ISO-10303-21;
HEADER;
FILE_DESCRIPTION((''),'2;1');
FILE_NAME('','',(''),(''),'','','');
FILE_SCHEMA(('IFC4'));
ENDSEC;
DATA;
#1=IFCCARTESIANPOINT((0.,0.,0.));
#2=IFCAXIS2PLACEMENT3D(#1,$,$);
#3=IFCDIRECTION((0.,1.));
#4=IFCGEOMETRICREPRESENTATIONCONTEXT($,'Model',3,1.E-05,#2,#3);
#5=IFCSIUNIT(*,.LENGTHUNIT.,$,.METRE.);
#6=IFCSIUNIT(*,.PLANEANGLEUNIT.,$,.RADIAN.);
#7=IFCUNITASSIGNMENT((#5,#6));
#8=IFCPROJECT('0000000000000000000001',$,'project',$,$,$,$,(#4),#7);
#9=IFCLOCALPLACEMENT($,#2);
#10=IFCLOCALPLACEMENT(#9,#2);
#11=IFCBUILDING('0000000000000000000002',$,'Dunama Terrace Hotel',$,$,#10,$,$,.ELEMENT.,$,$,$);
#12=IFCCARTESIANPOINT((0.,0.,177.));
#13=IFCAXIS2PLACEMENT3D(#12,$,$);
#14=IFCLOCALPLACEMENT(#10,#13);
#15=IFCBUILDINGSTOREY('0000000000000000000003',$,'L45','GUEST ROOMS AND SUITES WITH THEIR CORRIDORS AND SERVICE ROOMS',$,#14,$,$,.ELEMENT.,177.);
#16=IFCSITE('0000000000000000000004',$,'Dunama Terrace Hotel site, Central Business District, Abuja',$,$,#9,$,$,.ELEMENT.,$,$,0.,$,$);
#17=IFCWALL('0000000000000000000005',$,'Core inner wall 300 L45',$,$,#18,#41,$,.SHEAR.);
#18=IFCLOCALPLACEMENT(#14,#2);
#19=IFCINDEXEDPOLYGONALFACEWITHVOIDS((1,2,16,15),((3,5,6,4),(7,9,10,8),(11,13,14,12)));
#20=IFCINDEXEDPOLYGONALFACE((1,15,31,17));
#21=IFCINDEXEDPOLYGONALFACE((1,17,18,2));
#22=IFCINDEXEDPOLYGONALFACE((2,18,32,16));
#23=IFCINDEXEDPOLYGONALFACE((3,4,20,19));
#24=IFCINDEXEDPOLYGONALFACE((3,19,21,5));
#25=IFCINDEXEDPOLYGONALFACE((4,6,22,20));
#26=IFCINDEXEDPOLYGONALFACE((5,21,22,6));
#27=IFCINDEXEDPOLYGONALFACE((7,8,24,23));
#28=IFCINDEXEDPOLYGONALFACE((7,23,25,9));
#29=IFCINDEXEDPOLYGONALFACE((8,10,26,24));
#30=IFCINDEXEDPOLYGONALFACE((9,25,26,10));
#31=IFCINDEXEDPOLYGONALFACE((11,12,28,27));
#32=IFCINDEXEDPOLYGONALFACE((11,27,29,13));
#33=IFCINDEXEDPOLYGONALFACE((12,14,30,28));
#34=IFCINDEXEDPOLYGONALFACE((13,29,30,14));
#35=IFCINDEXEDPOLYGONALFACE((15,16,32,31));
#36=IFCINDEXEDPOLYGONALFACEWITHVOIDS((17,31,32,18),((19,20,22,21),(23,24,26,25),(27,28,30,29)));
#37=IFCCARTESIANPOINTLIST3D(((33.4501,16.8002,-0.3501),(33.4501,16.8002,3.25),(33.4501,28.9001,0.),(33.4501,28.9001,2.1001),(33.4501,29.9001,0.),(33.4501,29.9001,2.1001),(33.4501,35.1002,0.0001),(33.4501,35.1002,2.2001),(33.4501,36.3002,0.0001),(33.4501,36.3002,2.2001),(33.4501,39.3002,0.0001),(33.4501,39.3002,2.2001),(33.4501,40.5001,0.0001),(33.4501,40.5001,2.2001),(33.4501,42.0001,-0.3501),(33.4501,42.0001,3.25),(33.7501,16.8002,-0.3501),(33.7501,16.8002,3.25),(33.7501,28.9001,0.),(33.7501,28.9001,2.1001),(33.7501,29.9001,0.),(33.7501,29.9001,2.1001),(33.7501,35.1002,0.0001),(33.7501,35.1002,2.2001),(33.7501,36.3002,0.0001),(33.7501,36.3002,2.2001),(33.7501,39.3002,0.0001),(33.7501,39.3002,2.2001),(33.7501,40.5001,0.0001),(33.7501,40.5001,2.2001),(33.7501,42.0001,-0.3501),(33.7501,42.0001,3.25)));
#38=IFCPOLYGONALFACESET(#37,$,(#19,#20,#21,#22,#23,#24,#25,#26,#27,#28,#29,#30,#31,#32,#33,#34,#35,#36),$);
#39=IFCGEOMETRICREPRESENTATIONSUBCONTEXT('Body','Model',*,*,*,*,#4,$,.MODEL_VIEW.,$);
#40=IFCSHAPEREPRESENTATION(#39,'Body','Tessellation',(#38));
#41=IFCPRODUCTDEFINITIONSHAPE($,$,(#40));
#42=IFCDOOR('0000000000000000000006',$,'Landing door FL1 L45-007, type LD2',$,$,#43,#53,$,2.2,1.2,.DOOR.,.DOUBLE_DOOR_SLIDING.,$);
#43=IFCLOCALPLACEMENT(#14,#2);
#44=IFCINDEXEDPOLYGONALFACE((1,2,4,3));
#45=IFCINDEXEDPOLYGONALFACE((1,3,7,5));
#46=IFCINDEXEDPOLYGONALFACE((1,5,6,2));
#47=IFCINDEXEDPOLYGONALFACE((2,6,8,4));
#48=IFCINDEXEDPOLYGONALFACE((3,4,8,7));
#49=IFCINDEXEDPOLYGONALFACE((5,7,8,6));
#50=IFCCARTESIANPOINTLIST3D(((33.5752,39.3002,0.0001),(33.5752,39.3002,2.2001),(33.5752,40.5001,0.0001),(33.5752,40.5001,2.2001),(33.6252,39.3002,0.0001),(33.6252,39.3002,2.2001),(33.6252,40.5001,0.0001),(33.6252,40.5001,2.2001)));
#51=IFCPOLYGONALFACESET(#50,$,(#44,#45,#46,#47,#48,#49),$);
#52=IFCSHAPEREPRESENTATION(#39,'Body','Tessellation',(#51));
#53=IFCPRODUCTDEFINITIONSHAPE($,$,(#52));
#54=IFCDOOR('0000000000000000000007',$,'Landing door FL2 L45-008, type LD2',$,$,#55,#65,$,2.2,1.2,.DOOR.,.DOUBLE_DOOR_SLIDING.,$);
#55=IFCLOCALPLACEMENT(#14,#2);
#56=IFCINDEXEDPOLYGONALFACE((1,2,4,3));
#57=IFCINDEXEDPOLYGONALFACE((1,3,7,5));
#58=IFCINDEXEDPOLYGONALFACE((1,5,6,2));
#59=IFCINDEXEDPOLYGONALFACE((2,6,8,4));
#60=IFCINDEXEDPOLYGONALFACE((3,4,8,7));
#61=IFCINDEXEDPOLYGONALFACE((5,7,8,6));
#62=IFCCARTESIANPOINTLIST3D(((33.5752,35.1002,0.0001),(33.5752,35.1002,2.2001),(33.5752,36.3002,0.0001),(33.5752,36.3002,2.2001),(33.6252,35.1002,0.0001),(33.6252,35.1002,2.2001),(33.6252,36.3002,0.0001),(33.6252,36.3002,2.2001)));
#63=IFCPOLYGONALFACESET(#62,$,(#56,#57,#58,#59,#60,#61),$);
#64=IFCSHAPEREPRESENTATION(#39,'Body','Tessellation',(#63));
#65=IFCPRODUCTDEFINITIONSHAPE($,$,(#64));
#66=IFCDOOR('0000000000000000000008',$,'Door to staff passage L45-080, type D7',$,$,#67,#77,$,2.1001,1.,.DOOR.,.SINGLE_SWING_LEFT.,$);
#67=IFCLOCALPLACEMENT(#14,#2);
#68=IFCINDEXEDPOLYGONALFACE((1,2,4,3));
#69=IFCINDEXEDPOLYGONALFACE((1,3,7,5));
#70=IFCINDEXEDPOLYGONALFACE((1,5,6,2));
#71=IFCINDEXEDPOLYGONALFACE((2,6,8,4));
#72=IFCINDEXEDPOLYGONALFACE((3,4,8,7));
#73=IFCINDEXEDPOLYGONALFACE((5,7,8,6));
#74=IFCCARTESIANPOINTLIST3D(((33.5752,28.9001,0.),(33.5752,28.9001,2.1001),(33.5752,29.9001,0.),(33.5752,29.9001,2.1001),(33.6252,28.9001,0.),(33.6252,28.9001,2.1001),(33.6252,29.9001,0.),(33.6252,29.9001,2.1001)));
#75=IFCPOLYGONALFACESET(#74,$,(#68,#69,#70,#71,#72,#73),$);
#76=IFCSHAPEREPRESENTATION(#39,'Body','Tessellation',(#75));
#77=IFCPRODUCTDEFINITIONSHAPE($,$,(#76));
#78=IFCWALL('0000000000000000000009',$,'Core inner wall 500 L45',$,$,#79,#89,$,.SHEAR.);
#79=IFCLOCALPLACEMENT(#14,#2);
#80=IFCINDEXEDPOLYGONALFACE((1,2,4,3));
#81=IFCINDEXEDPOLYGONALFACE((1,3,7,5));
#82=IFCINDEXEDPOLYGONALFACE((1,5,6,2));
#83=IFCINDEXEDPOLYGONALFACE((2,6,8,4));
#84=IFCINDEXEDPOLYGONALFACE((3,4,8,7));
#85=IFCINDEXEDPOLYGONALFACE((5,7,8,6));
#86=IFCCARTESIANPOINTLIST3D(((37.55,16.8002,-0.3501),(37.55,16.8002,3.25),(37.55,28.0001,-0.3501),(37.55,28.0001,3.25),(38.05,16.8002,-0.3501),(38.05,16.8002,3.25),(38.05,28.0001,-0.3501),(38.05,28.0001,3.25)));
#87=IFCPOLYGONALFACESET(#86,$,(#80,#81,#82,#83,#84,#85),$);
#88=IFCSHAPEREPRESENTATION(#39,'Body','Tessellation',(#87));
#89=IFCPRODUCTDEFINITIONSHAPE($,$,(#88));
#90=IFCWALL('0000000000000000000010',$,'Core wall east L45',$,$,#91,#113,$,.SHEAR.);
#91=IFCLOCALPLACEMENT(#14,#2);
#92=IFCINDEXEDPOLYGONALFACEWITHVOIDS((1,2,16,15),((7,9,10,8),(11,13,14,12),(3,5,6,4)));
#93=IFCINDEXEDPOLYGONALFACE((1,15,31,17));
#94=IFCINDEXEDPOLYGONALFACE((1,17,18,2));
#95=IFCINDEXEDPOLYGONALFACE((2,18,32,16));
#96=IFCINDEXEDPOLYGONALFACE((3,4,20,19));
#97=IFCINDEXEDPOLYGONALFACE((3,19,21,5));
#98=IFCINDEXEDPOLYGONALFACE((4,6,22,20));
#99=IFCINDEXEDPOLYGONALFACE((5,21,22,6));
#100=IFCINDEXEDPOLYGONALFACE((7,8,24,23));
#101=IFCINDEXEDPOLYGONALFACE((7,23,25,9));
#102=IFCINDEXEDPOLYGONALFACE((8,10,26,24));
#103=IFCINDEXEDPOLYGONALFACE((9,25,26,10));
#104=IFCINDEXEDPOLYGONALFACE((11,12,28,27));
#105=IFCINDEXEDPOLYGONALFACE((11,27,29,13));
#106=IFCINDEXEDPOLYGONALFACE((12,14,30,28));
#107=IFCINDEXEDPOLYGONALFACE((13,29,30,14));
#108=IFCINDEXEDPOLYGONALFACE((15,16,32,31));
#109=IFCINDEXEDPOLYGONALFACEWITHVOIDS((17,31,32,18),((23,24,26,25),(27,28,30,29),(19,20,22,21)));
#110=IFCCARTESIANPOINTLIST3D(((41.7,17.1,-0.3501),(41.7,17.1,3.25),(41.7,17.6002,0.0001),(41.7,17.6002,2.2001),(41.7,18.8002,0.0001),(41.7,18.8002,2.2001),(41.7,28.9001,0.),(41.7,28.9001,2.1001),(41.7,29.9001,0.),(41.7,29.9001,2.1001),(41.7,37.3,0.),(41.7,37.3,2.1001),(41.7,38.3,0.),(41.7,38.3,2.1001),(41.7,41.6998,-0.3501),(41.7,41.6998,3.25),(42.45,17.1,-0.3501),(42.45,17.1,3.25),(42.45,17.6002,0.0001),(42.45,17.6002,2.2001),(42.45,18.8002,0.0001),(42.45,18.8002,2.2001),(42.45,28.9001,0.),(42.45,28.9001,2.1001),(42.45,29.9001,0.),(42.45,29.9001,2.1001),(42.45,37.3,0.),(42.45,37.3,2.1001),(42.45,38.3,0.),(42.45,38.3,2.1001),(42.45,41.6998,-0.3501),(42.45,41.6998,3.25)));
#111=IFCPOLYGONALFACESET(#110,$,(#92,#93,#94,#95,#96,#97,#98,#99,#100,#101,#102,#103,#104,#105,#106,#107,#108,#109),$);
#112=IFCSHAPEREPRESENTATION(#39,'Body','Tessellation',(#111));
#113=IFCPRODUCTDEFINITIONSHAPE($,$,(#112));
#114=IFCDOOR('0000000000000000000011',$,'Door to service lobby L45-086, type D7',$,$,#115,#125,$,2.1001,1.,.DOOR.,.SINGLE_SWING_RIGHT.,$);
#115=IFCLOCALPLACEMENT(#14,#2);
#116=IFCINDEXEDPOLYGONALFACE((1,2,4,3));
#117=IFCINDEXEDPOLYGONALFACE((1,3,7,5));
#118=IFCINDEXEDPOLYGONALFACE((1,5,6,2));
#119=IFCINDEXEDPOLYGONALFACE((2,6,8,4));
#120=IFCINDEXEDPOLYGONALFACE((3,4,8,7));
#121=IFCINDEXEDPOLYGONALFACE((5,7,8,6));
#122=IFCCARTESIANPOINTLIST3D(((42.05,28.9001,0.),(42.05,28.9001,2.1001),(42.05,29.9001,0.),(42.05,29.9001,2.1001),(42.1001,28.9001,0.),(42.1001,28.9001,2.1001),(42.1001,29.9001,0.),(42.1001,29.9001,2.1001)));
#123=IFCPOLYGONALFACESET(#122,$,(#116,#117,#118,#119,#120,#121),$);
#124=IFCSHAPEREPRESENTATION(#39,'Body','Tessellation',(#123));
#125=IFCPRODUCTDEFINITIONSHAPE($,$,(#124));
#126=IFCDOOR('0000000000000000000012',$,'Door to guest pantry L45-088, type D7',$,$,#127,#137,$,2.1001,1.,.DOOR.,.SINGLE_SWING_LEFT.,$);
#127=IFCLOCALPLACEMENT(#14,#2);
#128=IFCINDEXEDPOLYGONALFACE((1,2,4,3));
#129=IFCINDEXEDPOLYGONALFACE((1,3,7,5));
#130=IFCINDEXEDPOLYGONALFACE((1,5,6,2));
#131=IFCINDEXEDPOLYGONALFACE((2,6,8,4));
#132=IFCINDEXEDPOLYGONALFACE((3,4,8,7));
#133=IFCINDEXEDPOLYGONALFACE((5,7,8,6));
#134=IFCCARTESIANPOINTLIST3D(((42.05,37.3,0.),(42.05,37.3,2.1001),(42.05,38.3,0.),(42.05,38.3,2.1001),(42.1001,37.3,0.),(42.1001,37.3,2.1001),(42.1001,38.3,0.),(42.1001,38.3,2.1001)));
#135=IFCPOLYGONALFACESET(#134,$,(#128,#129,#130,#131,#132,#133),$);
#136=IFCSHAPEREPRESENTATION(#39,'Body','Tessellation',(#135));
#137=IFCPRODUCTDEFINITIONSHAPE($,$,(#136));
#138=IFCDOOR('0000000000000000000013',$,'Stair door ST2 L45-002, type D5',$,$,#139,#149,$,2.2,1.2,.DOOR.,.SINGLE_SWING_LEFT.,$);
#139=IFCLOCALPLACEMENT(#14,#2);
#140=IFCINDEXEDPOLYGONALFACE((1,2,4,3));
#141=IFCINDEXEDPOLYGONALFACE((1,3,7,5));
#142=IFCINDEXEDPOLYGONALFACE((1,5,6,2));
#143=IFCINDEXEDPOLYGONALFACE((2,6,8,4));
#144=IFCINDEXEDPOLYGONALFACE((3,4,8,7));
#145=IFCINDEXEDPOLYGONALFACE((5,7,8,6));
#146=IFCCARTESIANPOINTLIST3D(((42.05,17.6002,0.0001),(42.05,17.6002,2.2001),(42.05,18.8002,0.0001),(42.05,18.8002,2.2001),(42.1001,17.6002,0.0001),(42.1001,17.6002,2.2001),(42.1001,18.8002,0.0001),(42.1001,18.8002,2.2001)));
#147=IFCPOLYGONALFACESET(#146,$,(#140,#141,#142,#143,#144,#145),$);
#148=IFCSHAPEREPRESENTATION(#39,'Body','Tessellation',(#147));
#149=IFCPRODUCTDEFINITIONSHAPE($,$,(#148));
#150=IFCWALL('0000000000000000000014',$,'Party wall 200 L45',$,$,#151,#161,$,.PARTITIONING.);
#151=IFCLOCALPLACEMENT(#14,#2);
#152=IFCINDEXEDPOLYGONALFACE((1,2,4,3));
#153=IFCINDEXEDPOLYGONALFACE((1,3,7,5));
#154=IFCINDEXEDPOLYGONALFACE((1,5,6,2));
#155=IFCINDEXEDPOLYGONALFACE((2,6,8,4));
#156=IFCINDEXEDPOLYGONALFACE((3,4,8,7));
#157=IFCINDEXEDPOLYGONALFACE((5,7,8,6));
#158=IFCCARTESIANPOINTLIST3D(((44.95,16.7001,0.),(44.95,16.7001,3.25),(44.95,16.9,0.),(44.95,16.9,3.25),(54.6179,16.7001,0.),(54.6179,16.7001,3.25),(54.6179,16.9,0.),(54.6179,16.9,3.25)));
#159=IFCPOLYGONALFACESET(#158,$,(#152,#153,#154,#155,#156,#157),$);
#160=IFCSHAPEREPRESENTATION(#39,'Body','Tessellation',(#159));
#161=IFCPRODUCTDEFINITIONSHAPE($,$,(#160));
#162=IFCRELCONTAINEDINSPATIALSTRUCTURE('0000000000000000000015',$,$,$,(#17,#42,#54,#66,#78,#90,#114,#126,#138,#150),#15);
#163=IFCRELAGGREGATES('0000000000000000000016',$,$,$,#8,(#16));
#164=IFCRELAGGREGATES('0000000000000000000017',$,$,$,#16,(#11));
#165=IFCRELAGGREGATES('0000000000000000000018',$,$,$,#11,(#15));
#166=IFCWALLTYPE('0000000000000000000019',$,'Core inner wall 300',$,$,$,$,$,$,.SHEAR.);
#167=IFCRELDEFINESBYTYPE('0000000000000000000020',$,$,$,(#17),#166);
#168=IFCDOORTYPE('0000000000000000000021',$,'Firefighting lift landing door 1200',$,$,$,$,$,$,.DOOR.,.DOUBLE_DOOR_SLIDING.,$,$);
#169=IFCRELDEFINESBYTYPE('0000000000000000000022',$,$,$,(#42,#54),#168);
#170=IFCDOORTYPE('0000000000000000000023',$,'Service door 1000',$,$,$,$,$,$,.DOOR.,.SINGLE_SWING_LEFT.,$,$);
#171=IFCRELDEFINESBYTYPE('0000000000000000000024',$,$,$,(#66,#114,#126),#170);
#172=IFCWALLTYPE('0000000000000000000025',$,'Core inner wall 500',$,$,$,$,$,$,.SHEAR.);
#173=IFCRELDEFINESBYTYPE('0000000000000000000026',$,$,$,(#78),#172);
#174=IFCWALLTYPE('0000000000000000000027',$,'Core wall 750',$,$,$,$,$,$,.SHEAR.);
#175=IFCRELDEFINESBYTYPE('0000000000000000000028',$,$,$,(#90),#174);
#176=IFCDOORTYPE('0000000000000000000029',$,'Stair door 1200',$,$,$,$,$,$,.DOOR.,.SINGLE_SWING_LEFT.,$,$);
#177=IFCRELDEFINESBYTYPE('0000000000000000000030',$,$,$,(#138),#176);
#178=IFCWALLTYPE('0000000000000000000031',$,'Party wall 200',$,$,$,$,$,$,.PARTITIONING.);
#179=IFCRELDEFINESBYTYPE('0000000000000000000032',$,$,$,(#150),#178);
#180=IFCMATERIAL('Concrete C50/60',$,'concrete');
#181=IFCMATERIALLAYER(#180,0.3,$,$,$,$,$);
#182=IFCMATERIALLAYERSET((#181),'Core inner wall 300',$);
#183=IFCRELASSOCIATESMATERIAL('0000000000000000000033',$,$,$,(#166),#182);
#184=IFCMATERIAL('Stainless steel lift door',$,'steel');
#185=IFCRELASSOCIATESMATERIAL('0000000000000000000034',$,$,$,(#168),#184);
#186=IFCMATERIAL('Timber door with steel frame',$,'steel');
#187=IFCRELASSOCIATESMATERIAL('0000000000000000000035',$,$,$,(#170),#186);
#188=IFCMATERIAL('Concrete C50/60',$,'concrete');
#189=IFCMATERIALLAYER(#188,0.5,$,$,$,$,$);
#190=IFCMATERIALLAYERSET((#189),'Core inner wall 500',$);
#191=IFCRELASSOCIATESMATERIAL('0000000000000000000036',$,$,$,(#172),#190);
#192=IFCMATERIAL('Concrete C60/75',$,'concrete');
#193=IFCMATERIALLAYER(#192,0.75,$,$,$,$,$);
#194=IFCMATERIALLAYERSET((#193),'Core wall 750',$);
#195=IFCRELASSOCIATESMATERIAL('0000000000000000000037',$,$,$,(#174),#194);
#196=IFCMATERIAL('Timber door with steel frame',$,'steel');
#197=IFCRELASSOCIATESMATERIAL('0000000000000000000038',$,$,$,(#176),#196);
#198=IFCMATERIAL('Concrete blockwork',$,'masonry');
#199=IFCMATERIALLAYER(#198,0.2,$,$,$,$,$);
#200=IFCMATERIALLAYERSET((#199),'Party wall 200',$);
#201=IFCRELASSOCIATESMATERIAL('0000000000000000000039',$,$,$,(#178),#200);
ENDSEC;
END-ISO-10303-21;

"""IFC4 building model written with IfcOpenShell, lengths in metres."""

from ifc_helpers import new_model, si_unit, direction, frame, frame_2d, origin, place, context, subcontext, project, spatial, rectangle, extrude, material, layer, layer_set, type_object, element, fill, save


model = new_model("IFC4")

# Units and contexts
model_context = context("Model", 3, precision=1e-05, world=origin(), true_north=direction((0.0, 1.0)))
body_context = subcontext(model_context, "Body", "Model", "MODEL_VIEW")
ifc_project = project(units=[si_unit("LENGTHUNIT", "METRE"), si_unit("PLANEANGLEUNIT", "RADIAN")], contexts=[model_context])

# Site, building, storey
site_placement = place(None, origin())
site = spatial("IfcSite", under=ifc_project, at=site_placement, Name="Dunama Terrace Hotel site, Central Business District, Abuja", CompositionType="ELEMENT", RefElevation=0.0)
building_placement = place(site_placement, origin())
building = spatial("IfcBuilding", under=site, at=building_placement, Name="Dunama Terrace Hotel", CompositionType="ELEMENT")
storey_placement = place(building_placement, frame((0.0, 0.0, 177.0)))
storey = spatial("IfcBuildingStorey", under=building, at=storey_placement, Name="L45", Description="GUEST ROOMS AND SUITES WITH THEIR CORRIDORS AND SERVICE ROOMS", CompositionType="ELEMENT", Elevation=177.0)

# Wall, openings, doors
ifc_material_1 = material(Name="Concrete C50/60", Category="concrete")
ifc_layer_1 = layer(ifc_material_1, 0.3)
ifc_layer_set_1 = layer_set([ifc_layer_1], Name="Core inner wall 300")
wall_type_1 = type_object("IfcWallType", Name="Core inner wall 300", PredefinedType="SHEAR", material=ifc_layer_set_1)
wall_1_placement = place(storey_placement, frame((33.6001, 16.8, -0.3501), z_axis=(0.0, 0.0, 1.0), x_axis=(0.0, 1.0, 0.0)))
wall_1 = element("IfcWall", 1, at=wall_1_placement, inside=storey, type_object=wall_type_1, Name="Core inner wall 300 L45", PredefinedType="SHEAR", context=body_context, shape_type="SweptSolid", body=[
    extrude(rectangle(XDim=25.2, YDim=0.3, at=frame_2d((12.6001, 0.0))), origin(), (0.0, 0.0, 1.0), 3.6001),
])
opening_1_placement = place(wall_1_placement, frame((22.5, 0.0, 0.3501)))
opening_1 = element("IfcOpeningElement", 2, at=opening_1_placement, cuts=wall_1, PredefinedType="OPENING", context=body_context, shape_type="SweptSolid", body=[
    extrude(rectangle(XDim=1.2, YDim=2.2, at=frame_2d((0.6001, 1.1001))), frame((0.0, 0.1599, 0.0), z_axis=(0.0, -1.0, 0.0), x_axis=(1.0, 0.0, 0.0)), (0.0, 0.0, 1.0), 0.3201),
])
opening_2_placement = place(wall_1_placement, frame((18.3, 0.0, 0.3501)))
opening_2 = element("IfcOpeningElement", 3, at=opening_2_placement, cuts=wall_1, PredefinedType="OPENING", context=body_context, shape_type="SweptSolid", body=[
    extrude(rectangle(XDim=1.2, YDim=2.2, at=frame_2d((0.6001, 1.1001))), frame((0.0, 0.1599, 0.0), z_axis=(0.0, -1.0, 0.0), x_axis=(1.0, 0.0, 0.0)), (0.0, 0.0, 1.0), 0.3201),
])
opening_3_placement = place(wall_1_placement, frame((12.1001, 0.0, 0.3501)))
opening_3 = element("IfcOpeningElement", 4, at=opening_3_placement, cuts=wall_1, PredefinedType="OPENING", context=body_context, shape_type="SweptSolid", body=[
    extrude(rectangle(XDim=1.0, YDim=2.1001, at=frame_2d((0.5, 1.05))), frame((0.0, 0.1599, 0.0), z_axis=(0.0, -1.0, 0.0), x_axis=(1.0, 0.0, 0.0)), (0.0, 0.0, 1.0), 0.3201),
])
ifc_material_2 = material(Name="Stainless steel lift door", Category="steel")
door_type_1 = type_object("IfcDoorType", Name="Firefighting lift landing door 1200", OperationType="DOUBLE_DOOR_SLIDING", PredefinedType="DOOR", material=ifc_material_2)
door_1_placement = place(opening_1_placement, origin())
door_1 = element("IfcDoor", 5, at=door_1_placement, inside=storey, type_object=door_type_1, Name="Landing door FL1 L45-007, type LD2", OperationType="DOUBLE_DOOR_SLIDING", OverallHeight=2.2, OverallWidth=1.2, PredefinedType="DOOR", context=body_context, shape_type="SweptSolid", body=[
    extrude(rectangle(XDim=1.2, YDim=2.2, at=frame_2d((0.6001, 1.1001))), frame((0.0, 0.0249, 0.0), z_axis=(0.0, -1.0, 0.0), x_axis=(1.0, 0.0, 0.0)), (0.0, 0.0, 1.0), 0.05),
])
fill(opening_1, door_1)
door_2_placement = place(opening_2_placement, origin())
door_2 = element("IfcDoor", 6, at=door_2_placement, inside=storey, type_object=door_type_1, Name="Landing door FL2 L45-008, type LD2", OperationType="DOUBLE_DOOR_SLIDING", OverallHeight=2.2, OverallWidth=1.2, PredefinedType="DOOR", context=body_context, shape_type="SweptSolid", body=[
    extrude(rectangle(XDim=1.2, YDim=2.2, at=frame_2d((0.6001, 1.1001))), frame((0.0, 0.0249, 0.0), z_axis=(0.0, -1.0, 0.0), x_axis=(1.0, 0.0, 0.0)), (0.0, 0.0, 1.0), 0.05),
])
fill(opening_2, door_2)
ifc_material_3 = material(Name="Timber door with steel frame", Category="steel")
door_type_2 = type_object("IfcDoorType", Name="Service door 1000", OperationType="SINGLE_SWING_LEFT", PredefinedType="DOOR", material=ifc_material_3)
door_3_placement = place(opening_3_placement, origin())
door_3 = element("IfcDoor", 7, at=door_3_placement, inside=storey, type_object=door_type_2, Name="Door to staff passage L45-080, type D7", OperationType="SINGLE_SWING_LEFT", OverallHeight=2.1001, OverallWidth=1.0, PredefinedType="DOOR", context=body_context, shape_type="SweptSolid", body=[
    extrude(rectangle(XDim=1.0, YDim=2.1001, at=frame_2d((0.5, 1.05))), frame((0.0, 0.0249, 0.0), z_axis=(0.0, -1.0, 0.0), x_axis=(1.0, 0.0, 0.0)), (0.0, 0.0, 1.0), 0.05),
])
fill(opening_3, door_3)

# Wall
ifc_material_4 = material(Name="Concrete C50/60", Category="concrete")
ifc_layer_2 = layer(ifc_material_4, 0.5)
ifc_layer_set_2 = layer_set([ifc_layer_2], Name="Core inner wall 500")
wall_type_2 = type_object("IfcWallType", Name="Core inner wall 500", PredefinedType="SHEAR", material=ifc_layer_set_2)
wall_2_placement = place(storey_placement, frame((37.8, 16.8, -0.3501), z_axis=(0.0, 0.0, 1.0), x_axis=(0.0, 1.0, 0.0)))
element("IfcWall", 8, at=wall_2_placement, inside=storey, type_object=wall_type_2, Name="Core inner wall 500 L45", PredefinedType="SHEAR", context=body_context, shape_type="SweptSolid", body=[
    extrude(rectangle(XDim=11.2, YDim=0.5, at=frame_2d((5.6001, 0.0))), origin(), (0.0, 0.0, 1.0), 3.6001),
])

# Wall, openings, doors
ifc_material_5 = material(Name="Concrete C60/75", Category="concrete")
ifc_layer_3 = layer(ifc_material_5, 0.75)
ifc_layer_set_3 = layer_set([ifc_layer_3], Name="Core wall 750")
wall_type_3 = type_object("IfcWallType", Name="Core wall 750", PredefinedType="SHEAR", material=ifc_layer_set_3)
wall_3_placement = place(storey_placement, frame((42.075, 17.1001, -0.3501), z_axis=(0.0, 0.0, 1.0), x_axis=(0.0, 1.0, 0.0)))
wall_3 = element("IfcWall", 9, at=wall_3_placement, inside=storey, type_object=wall_type_3, Name="Core wall east L45", PredefinedType="SHEAR", context=body_context, shape_type="SweptSolid", body=[
    extrude(rectangle(XDim=24.5999, YDim=0.75, at=frame_2d((12.2998, 0.0))), origin(), (0.0, 0.0, 1.0), 3.6001),
])
opening_4_placement = place(wall_3_placement, frame((0.5, 0.0, 0.3501)))
opening_4 = element("IfcOpeningElement", 10, at=opening_4_placement, cuts=wall_3, PredefinedType="OPENING", context=body_context, shape_type="SweptSolid", body=[
    extrude(rectangle(XDim=1.2, YDim=2.2, at=frame_2d((0.6001, 1.1001))), frame((0.0, 0.385, 0.0), z_axis=(0.0, -1.0, 0.0), x_axis=(1.0, 0.0, 0.0)), (0.0, 0.0, 1.0), 0.77),
])
opening_5_placement = place(wall_3_placement, frame((11.8, 0.0, 0.3501)))
opening_5 = element("IfcOpeningElement", 11, at=opening_5_placement, cuts=wall_3, PredefinedType="OPENING", context=body_context, shape_type="SweptSolid", body=[
    extrude(rectangle(XDim=1.0, YDim=2.1001, at=frame_2d((0.5, 1.05))), frame((0.0, 0.385, 0.0), z_axis=(0.0, -1.0, 0.0), x_axis=(1.0, 0.0, 0.0)), (0.0, 0.0, 1.0), 0.77),
])
opening_6_placement = place(wall_3_placement, frame((20.2, 0.0, 0.3501)))
opening_6 = element("IfcOpeningElement", 12, at=opening_6_placement, cuts=wall_3, PredefinedType="OPENING", context=body_context, shape_type="SweptSolid", body=[
    extrude(rectangle(XDim=1.0, YDim=2.1001, at=frame_2d((0.5, 1.05))), frame((0.0, 0.385, 0.0), z_axis=(0.0, -1.0, 0.0), x_axis=(1.0, 0.0, 0.0)), (0.0, 0.0, 1.0), 0.77),
])
door_4_placement = place(opening_5_placement, origin())
door_4 = element("IfcDoor", 13, at=door_4_placement, inside=storey, type_object=door_type_2, Name="Door to service lobby L45-086, type D7", OperationType="SINGLE_SWING_RIGHT", OverallHeight=2.1001, OverallWidth=1.0, PredefinedType="DOOR", context=body_context, shape_type="SweptSolid", body=[
    extrude(rectangle(XDim=1.0, YDim=2.1001, at=frame_2d((0.5, 1.05))), frame((0.0, 0.0249, 0.0), z_axis=(0.0, -1.0, 0.0), x_axis=(1.0, 0.0, 0.0)), (0.0, 0.0, 1.0), 0.05),
])
fill(opening_5, door_4)
door_5_placement = place(opening_6_placement, origin())
door_5 = element("IfcDoor", 14, at=door_5_placement, inside=storey, type_object=door_type_2, Name="Door to guest pantry L45-088, type D7", OperationType="SINGLE_SWING_LEFT", OverallHeight=2.1001, OverallWidth=1.0, PredefinedType="DOOR", context=body_context, shape_type="SweptSolid", body=[
    extrude(rectangle(XDim=1.0, YDim=2.1001, at=frame_2d((0.5, 1.05))), frame((0.0, 0.0249, 0.0), z_axis=(0.0, -1.0, 0.0), x_axis=(1.0, 0.0, 0.0)), (0.0, 0.0, 1.0), 0.05),
])
fill(opening_6, door_5)
ifc_material_6 = material(Name="Timber door with steel frame", Category="steel")
door_type_3 = type_object("IfcDoorType", Name="Stair door 1200", OperationType="SINGLE_SWING_LEFT", PredefinedType="DOOR", material=ifc_material_6)
door_6_placement = place(opening_4_placement, origin())
door_6 = element("IfcDoor", 15, at=door_6_placement, inside=storey, type_object=door_type_3, Name="Stair door ST2 L45-002, type D5", OperationType="SINGLE_SWING_LEFT", OverallHeight=2.2, OverallWidth=1.2, PredefinedType="DOOR", context=body_context, shape_type="SweptSolid", body=[
    extrude(rectangle(XDim=1.2, YDim=2.2, at=frame_2d((0.6001, 1.1001))), frame((0.0, 0.0249, 0.0), z_axis=(0.0, -1.0, 0.0), x_axis=(1.0, 0.0, 0.0)), (0.0, 0.0, 1.0), 0.05),
])
fill(opening_4, door_6)

# Wall
ifc_material_7 = material(Name="Concrete blockwork", Category="masonry")
ifc_layer_4 = layer(ifc_material_7, 0.2)
ifc_layer_set_4 = layer_set([ifc_layer_4], Name="Party wall 200")
wall_type_4 = type_object("IfcWallType", Name="Party wall 200", PredefinedType="PARTITIONING", material=ifc_layer_set_4)
for number, where, z_axis, x_axis, name in (
    (16, (44.95, 16.8, 0.0), (0.0, 0.0, 1.0), (1.0, 0.0, 0.0), "Party wall 200 L45"),
):
    element("IfcWall", number, at=place(storey_placement, frame(where, z_axis=z_axis, x_axis=x_axis)), inside=storey, type_object=wall_type_4, Name=name, PredefinedType="PARTITIONING", context=body_context, shape_type="SweptSolid", body=[
        extrude(rectangle(XDim=9.668, YDim=0.2, at=frame_2d((4.834, 0.0))), origin(), (0.0, 0.0, 1.0), 3.25),
    ])

save(model, "model.ifc")
